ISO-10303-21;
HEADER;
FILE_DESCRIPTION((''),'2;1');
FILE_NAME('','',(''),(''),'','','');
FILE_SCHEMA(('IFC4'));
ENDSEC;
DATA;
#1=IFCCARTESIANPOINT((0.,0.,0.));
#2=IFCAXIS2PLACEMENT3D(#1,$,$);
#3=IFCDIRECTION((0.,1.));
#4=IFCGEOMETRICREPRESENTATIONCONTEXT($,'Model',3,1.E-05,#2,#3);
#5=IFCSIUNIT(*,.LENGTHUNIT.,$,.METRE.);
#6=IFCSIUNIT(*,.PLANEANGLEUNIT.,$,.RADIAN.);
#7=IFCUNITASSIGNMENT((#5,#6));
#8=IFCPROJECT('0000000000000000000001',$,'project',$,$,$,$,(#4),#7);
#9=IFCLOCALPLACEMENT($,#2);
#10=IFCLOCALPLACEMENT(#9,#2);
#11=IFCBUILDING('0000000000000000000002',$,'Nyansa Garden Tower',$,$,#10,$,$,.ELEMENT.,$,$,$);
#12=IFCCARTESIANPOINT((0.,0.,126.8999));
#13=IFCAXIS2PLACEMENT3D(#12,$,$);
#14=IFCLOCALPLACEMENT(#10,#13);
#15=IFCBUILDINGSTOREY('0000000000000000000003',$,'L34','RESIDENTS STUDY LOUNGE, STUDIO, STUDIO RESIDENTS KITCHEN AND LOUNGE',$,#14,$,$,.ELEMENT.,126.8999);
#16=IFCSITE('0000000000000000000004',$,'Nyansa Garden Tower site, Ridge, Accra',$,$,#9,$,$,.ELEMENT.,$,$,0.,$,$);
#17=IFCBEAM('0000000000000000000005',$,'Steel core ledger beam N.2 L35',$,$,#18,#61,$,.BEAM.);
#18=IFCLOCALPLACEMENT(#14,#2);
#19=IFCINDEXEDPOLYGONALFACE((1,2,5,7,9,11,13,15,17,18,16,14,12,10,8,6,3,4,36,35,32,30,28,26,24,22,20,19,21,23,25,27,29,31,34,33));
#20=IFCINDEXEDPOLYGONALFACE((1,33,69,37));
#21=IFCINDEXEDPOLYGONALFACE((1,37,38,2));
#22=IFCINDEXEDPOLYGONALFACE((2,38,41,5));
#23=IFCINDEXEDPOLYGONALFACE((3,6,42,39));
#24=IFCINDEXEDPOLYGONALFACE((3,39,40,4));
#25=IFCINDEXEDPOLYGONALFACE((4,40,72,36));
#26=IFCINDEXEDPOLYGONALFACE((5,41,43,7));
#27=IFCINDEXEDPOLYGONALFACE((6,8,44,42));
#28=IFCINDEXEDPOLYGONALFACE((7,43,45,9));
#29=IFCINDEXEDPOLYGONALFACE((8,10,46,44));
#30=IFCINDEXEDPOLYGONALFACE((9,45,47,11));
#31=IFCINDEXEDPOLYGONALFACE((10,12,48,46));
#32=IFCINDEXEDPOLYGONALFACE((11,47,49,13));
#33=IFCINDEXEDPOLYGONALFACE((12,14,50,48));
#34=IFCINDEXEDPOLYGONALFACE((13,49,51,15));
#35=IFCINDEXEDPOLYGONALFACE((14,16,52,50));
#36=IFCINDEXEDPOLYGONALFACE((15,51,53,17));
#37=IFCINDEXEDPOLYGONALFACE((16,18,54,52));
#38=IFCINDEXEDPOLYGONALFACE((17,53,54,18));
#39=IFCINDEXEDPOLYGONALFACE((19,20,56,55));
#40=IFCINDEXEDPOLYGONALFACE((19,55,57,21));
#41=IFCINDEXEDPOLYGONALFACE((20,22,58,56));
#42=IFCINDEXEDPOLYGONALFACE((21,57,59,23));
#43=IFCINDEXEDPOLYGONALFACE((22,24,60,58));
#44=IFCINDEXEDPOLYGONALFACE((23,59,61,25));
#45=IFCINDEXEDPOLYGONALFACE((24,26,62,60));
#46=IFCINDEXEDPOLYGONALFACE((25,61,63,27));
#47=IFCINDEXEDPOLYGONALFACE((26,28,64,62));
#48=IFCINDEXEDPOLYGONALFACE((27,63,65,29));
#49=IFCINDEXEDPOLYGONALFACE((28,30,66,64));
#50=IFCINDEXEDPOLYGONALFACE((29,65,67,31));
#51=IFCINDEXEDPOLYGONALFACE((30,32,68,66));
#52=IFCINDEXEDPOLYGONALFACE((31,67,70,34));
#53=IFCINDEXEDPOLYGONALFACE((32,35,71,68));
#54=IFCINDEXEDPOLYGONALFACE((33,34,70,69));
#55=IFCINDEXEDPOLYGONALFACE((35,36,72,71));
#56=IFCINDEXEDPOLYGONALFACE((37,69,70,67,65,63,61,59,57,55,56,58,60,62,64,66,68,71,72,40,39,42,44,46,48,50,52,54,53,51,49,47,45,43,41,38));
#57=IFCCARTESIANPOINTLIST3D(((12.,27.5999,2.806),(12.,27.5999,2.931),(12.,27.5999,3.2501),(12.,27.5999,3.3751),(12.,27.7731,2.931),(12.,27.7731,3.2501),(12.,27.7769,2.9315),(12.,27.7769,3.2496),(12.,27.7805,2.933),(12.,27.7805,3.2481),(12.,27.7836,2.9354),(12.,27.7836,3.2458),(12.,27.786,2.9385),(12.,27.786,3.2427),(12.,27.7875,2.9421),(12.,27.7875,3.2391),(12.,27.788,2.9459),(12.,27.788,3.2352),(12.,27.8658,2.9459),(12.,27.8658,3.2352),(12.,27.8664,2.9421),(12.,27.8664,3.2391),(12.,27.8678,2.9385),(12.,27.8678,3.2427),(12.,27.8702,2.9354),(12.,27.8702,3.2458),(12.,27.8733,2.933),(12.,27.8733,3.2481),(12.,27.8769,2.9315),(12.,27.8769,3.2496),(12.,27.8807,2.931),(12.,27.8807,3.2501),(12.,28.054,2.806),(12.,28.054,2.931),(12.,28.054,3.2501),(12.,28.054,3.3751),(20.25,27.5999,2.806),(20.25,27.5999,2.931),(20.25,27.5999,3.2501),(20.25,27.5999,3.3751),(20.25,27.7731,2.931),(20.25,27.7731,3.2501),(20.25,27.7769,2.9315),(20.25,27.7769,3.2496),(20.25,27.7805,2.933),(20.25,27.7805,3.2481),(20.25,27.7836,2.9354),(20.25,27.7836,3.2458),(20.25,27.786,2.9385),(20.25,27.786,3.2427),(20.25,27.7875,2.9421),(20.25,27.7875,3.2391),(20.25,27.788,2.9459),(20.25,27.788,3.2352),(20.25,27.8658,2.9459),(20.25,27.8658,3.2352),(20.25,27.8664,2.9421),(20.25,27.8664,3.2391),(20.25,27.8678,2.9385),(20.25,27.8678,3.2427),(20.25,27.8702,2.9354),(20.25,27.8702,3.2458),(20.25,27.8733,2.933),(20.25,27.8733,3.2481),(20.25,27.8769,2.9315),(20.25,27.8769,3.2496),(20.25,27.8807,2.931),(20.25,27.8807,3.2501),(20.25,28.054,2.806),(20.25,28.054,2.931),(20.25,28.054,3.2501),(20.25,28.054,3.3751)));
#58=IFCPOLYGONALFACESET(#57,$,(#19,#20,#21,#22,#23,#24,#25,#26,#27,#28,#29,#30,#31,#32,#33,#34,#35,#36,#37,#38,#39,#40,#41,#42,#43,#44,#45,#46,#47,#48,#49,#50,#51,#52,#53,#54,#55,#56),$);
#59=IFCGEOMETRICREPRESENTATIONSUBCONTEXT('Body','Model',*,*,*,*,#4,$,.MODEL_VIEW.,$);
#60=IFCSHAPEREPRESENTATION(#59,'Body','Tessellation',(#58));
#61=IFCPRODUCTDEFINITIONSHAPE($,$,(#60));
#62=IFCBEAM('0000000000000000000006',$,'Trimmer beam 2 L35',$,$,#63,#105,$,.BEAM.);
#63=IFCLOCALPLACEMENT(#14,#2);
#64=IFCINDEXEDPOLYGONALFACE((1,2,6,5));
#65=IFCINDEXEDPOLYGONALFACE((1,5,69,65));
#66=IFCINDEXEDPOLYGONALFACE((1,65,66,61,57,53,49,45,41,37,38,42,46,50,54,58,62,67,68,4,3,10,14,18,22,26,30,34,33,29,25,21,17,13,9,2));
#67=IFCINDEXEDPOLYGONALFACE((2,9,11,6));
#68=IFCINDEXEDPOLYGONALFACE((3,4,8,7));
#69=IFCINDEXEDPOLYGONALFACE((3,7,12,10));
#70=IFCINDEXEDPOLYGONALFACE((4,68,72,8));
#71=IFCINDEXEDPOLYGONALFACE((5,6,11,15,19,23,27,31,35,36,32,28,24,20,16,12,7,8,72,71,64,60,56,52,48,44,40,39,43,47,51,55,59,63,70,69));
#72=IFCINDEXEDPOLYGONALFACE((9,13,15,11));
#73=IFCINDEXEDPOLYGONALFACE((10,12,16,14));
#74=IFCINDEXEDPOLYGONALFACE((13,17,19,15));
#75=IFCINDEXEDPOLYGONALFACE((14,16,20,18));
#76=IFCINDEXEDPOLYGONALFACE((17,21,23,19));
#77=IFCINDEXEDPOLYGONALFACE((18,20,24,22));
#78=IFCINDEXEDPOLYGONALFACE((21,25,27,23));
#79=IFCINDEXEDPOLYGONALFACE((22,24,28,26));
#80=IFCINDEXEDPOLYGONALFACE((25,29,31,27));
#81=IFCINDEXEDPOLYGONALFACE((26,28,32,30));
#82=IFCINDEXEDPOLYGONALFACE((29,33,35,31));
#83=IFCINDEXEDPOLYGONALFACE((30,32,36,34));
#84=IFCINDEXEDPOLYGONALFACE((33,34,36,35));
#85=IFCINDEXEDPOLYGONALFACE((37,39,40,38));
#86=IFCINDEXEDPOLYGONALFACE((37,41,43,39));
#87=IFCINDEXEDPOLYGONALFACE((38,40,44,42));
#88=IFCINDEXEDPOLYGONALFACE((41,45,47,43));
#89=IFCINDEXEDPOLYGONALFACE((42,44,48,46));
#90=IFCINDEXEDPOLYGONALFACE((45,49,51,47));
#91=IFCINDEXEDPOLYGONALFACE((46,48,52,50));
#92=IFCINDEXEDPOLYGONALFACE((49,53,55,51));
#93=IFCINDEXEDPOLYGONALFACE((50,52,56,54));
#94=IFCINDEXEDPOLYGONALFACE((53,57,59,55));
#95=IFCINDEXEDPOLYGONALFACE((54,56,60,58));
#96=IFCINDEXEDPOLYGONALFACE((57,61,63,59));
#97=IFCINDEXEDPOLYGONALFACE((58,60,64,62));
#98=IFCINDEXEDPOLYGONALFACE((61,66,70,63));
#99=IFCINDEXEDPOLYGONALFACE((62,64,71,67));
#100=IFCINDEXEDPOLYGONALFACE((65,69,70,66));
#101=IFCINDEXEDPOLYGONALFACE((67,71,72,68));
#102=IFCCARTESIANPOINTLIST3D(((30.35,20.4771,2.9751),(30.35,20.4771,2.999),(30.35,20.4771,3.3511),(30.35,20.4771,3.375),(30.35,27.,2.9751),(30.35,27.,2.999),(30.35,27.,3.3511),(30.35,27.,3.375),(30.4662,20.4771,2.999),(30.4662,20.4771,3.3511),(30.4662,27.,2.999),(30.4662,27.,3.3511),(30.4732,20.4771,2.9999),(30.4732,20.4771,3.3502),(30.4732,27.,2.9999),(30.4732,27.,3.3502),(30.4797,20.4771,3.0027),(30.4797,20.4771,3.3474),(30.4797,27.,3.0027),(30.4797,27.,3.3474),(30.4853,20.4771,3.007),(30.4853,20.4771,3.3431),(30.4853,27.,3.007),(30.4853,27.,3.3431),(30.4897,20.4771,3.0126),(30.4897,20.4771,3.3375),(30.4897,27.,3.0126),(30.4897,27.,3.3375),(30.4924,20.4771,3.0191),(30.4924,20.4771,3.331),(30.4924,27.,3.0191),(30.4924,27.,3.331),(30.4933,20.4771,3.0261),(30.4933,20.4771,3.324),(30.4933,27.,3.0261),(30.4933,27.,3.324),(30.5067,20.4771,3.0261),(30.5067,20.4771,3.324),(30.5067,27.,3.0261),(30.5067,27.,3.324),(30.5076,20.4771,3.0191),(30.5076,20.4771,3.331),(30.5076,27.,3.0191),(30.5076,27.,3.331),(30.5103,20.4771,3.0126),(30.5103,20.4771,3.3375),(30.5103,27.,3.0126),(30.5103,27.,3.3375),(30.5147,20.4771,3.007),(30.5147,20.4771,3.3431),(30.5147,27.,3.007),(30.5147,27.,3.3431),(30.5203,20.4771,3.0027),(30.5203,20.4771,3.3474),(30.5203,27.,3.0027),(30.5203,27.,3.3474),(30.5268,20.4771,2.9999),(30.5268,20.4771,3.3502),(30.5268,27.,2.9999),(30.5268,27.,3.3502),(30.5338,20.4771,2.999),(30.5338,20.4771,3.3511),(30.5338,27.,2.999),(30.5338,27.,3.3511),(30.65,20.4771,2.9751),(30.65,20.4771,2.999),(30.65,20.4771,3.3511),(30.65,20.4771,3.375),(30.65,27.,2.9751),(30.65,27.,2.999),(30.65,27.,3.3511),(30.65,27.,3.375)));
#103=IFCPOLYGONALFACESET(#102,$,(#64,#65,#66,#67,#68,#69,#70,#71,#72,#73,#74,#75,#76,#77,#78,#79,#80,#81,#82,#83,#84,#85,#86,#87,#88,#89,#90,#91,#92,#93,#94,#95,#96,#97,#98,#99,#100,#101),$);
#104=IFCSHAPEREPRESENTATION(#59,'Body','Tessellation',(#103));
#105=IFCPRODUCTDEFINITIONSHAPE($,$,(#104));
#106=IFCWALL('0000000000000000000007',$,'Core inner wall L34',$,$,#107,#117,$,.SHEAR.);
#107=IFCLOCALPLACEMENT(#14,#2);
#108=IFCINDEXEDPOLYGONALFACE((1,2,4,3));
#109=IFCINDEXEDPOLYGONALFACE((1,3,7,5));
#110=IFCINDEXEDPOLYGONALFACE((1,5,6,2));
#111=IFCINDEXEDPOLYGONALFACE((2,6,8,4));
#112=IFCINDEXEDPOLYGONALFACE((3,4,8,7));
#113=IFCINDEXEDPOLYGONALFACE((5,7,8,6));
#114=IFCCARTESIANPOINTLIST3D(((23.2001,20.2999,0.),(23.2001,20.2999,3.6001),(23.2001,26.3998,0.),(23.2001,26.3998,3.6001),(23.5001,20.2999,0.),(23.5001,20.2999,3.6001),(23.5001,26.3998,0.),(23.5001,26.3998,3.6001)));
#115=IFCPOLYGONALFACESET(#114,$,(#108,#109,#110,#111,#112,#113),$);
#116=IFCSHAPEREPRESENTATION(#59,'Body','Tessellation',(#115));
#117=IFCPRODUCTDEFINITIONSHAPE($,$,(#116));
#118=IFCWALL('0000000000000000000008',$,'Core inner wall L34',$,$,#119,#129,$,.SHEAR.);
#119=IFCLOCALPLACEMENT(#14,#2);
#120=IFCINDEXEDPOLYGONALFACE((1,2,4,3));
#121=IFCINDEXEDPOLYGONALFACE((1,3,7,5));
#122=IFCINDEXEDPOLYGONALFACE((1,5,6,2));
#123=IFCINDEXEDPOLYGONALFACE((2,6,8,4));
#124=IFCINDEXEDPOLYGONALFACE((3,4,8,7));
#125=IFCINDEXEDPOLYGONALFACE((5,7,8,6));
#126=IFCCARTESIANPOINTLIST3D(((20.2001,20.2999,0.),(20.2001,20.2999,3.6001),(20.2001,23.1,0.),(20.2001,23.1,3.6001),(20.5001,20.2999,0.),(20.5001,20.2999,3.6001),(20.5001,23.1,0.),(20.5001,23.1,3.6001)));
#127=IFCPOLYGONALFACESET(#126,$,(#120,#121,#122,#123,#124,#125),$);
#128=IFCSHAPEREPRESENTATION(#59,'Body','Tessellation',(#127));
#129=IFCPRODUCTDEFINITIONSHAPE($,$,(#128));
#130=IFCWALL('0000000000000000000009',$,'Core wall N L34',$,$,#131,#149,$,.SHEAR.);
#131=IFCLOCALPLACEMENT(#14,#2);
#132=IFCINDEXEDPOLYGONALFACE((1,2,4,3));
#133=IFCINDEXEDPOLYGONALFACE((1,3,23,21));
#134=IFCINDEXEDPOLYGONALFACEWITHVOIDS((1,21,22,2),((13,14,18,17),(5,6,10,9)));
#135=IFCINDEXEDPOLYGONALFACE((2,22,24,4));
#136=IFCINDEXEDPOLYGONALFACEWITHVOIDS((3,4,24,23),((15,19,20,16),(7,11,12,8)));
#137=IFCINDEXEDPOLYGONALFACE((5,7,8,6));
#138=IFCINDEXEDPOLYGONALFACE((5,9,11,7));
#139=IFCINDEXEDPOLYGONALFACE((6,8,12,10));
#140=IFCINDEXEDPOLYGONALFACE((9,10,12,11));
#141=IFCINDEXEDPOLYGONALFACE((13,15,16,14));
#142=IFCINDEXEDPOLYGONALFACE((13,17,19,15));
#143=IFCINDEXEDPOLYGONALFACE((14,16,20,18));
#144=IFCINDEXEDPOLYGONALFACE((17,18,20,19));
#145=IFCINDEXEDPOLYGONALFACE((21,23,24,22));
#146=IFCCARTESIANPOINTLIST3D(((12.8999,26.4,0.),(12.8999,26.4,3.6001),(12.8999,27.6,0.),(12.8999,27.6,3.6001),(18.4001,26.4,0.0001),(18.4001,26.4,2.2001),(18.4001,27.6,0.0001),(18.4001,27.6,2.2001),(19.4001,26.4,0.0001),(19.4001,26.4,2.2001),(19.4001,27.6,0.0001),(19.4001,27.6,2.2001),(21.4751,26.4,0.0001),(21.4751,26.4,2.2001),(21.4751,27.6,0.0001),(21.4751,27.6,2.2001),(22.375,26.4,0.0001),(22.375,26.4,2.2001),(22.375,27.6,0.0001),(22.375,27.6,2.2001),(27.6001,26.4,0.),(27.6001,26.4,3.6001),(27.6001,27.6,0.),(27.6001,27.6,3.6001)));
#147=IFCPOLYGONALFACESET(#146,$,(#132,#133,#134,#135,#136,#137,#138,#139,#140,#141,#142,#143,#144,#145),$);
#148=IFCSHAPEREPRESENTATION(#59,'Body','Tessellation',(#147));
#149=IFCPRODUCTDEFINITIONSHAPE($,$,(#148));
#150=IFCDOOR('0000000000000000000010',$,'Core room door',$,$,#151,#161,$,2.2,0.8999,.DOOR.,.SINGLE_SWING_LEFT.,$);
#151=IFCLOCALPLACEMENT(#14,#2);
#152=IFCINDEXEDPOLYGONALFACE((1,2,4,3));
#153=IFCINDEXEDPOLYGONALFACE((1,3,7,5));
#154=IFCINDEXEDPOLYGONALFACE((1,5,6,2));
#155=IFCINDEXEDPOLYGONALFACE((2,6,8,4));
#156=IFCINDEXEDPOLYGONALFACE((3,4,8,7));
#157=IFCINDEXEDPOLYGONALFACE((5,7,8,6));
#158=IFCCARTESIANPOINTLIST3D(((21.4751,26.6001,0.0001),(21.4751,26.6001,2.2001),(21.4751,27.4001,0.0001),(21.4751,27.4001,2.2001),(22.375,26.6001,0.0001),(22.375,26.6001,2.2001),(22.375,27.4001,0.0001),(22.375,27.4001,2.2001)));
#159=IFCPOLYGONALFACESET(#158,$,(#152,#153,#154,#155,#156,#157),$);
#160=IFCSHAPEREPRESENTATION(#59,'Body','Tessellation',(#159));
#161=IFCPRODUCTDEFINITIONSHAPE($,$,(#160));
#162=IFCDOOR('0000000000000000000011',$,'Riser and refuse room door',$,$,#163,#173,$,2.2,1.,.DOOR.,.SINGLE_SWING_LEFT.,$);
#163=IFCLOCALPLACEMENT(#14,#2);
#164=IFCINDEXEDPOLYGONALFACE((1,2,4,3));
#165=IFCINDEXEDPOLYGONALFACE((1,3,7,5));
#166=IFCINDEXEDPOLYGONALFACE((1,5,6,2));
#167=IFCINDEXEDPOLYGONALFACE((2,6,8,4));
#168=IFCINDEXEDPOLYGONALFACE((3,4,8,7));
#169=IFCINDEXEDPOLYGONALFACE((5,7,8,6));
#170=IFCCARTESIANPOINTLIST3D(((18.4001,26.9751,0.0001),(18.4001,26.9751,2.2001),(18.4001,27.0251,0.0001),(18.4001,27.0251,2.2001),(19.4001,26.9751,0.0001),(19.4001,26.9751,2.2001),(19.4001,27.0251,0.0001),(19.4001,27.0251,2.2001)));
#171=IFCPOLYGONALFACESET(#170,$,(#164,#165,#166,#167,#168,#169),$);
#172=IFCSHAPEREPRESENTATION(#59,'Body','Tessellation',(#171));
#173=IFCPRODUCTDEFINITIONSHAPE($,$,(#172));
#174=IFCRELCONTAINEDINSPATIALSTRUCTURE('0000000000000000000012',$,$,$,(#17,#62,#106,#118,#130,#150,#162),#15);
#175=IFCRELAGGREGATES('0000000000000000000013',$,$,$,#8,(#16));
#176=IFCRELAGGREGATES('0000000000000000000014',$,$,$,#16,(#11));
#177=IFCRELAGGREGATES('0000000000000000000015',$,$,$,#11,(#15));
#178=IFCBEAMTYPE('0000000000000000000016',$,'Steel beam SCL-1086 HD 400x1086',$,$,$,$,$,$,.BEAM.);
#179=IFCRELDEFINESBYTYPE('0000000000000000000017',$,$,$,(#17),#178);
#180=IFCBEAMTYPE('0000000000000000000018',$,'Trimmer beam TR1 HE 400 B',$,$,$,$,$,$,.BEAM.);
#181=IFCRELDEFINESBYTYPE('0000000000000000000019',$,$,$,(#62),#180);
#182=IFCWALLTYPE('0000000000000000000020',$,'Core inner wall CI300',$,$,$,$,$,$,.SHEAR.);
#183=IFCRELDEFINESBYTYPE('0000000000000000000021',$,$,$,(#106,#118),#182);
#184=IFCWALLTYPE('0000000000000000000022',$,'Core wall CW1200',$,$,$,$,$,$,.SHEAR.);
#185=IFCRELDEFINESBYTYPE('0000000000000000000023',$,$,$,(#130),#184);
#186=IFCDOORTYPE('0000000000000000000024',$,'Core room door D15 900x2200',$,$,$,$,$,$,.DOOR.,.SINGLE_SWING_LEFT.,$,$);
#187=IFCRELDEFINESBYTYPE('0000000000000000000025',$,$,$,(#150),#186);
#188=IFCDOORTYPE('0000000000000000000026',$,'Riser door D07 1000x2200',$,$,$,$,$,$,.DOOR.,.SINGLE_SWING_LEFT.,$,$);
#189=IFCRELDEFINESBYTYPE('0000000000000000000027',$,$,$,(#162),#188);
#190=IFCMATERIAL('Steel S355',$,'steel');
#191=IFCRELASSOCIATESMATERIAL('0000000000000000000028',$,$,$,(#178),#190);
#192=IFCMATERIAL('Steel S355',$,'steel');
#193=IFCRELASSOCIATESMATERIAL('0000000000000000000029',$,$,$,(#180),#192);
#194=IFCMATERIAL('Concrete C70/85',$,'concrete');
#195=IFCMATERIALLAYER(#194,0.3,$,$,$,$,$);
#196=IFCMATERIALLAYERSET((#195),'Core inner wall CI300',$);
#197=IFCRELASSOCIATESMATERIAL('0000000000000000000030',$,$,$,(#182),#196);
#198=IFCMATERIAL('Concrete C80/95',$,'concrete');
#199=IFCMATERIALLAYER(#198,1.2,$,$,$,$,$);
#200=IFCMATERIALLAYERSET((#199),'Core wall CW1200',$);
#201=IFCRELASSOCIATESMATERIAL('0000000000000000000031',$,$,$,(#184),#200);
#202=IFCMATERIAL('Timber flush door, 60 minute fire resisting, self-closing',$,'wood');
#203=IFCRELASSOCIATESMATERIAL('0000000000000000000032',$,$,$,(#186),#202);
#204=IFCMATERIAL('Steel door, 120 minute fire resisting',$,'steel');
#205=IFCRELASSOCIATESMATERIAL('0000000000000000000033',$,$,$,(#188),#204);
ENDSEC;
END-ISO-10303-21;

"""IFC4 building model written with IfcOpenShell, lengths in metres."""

from ifc_helpers import new_model, si_unit, direction, frame, frame_2d, origin, origin_2d, place, context, subcontext, project, spatial, rectangle, i_section, extrude, material, layer, layer_set, material_profile, profile_set, type_object, element, fill, save


model = new_model("IFC4")

# Units and contexts
model_context = context("Model", 3, precision=1e-05, world=origin(), true_north=direction((0.0, 1.0)))
body_context = subcontext(model_context, "Body", "Model", "MODEL_VIEW")
ifc_project = project(units=[si_unit("LENGTHUNIT", "METRE"), si_unit("PLANEANGLEUNIT", "RADIAN")], contexts=[model_context])

# Site, building, storey
site_placement = place(None, origin())
site = spatial("IfcSite", under=ifc_project, at=site_placement, Name="Nyansa Garden Tower site, Ridge, Accra", CompositionType="ELEMENT", RefElevation=0.0)
building_placement = place(site_placement, origin())
building = spatial("IfcBuilding", under=site, at=building_placement, Name="Nyansa Garden Tower", CompositionType="ELEMENT")
storey_placement = place(building_placement, frame((0.0, 0.0, 126.8999)))
storey = spatial("IfcBuildingStorey", under=building, at=storey_placement, Name="L34", Description="RESIDENTS STUDY LOUNGE, STUDIO, STUDIO RESIDENTS KITCHEN AND LOUNGE", CompositionType="ELEMENT", Elevation=126.8999)

# Beams
ifc_material_1 = material(Name="Steel S355", Category="steel")
ifc_material_profile_1 = material_profile(ifc_material_1, i_section(OverallWidth=0.4541, OverallDepth=0.5691, WebThickness=0.0779, FlangeThickness=0.125, FilletRadius=0.0149, at=origin_2d()), Name="HD 400x1086")
ifc_profile_set_1 = profile_set([ifc_material_profile_1], Name="Steel S355")
beam_type_1 = type_object("IfcBeamType", Name="Steel beam SCL-1086 HD 400x1086", PredefinedType="BEAM", material=ifc_profile_set_1)
for number, where, z_axis, x_axis, name in (
    (1, (20.25, 27.8269, 3.0906), (-1.0, 0.0, 0.0), (0.0, -1.0, 0.0), "Steel core ledger beam N.2 L35"),
):
    element("IfcBeam", number, at=place(storey_placement, frame(where, z_axis=z_axis, x_axis=x_axis)), inside=storey, type_object=beam_type_1, Name=name, PredefinedType="BEAM", context=body_context, shape_type="SweptSolid", body=[
        extrude(i_section(OverallWidth=0.4541, OverallDepth=0.5691, WebThickness=0.0779, FlangeThickness=0.125, FilletRadius=0.0149, at=origin_2d()), origin(), (0.0, 0.0, 1.0), 8.25),
    ])
ifc_material_2 = material(Name="Steel S355", Category="steel")
ifc_material_profile_2 = material_profile(ifc_material_2, i_section(OverallWidth=0.3, OverallDepth=0.3999, WebThickness=0.0134, FlangeThickness=0.0239, FilletRadius=0.0271, at=origin_2d()), Name="HE 400 B")
ifc_profile_set_2 = profile_set([ifc_material_profile_2], Name="Steel S355")
beam_type_2 = type_object("IfcBeamType", Name="Trimmer beam TR1 HE 400 B", PredefinedType="BEAM", material=ifc_profile_set_2)
beam_1_placement = place(storey_placement, frame((30.5, 20.4771, 3.175), z_axis=(0.0, 1.0, 0.0), x_axis=(-1.0, 0.0, 0.0)))
element("IfcBeam", 2, at=beam_1_placement, inside=storey, type_object=beam_type_2, Name="Trimmer beam 2 L35", PredefinedType="BEAM", context=body_context, shape_type="SweptSolid", body=[
    extrude(i_section(OverallWidth=0.3, OverallDepth=0.3999, WebThickness=0.0134, FlangeThickness=0.0239, FilletRadius=0.0271, at=origin_2d()), origin(), (0.0, 0.0, 1.0), 6.5229),
])

# Walls
ifc_material_3 = material(Name="Concrete C70/85", Category="concrete")
ifc_layer_1 = layer(ifc_material_3, 0.3)
ifc_layer_set_1 = layer_set([ifc_layer_1], Name="Core inner wall CI300")
wall_type_1 = type_object("IfcWallType", Name="Core inner wall CI300", PredefinedType="SHEAR", material=ifc_layer_set_1)
wall_1_placement = place(storey_placement, frame((23.3501, 20.3, 0.0), z_axis=(0.0, 0.0, 1.0), x_axis=(0.0, 1.0, 0.0)))
element("IfcWall", 3, at=wall_1_placement, inside=storey, type_object=wall_type_1, Name="Core inner wall L34", PredefinedType="SHEAR", context=body_context, shape_type="SweptSolid", body=[
    extrude(rectangle(XDim=6.0999, YDim=0.3, at=frame_2d((3.0498, 0.0))), origin(), (0.0, 0.0, 1.0), 3.6001),
])
wall_2_placement = place(storey_placement, frame((20.3501, 20.3, 0.0), z_axis=(0.0, 0.0, 1.0), x_axis=(0.0, 1.0, 0.0)))
element("IfcWall", 4, at=wall_2_placement, inside=storey, type_object=wall_type_1, Name="Core inner wall L34", PredefinedType="SHEAR", context=body_context, shape_type="SweptSolid", body=[
    extrude(rectangle(XDim=2.8, YDim=0.3, at=frame_2d((1.3999, 0.0))), origin(), (0.0, 0.0, 1.0), 3.6001),
])

# Wall, openings, doors
ifc_material_4 = material(Name="Concrete C80/95", Category="concrete")
ifc_layer_2 = layer(ifc_material_4, 1.2)
ifc_layer_set_2 = layer_set([ifc_layer_2], Name="Core wall CW1200")
wall_type_2 = type_object("IfcWallType", Name="Core wall CW1200", PredefinedType="SHEAR", material=ifc_layer_set_2)
wall_3_placement = place(storey_placement, frame((27.6001, 27.0, 0.0), z_axis=(0.0, 0.0, 1.0), x_axis=(-1.0, 0.0, 0.0)))
wall_3 = element("IfcWall", 5, at=wall_3_placement, inside=storey, type_object=wall_type_2, Name="Core wall N L34", PredefinedType="SHEAR", context=body_context, shape_type="SweptSolid", body=[
    extrude(rectangle(XDim=14.7002, YDim=1.2, at=frame_2d((7.3501, 0.0))), origin(), (0.0, 0.0, 1.0), 3.6001),
])
opening_1_placement = place(wall_3_placement, frame((5.2251, 0.0, 0.0)))
opening_1 = element("IfcOpeningElement", 6, at=opening_1_placement, cuts=wall_3, PredefinedType="OPENING", context=body_context, shape_type="SweptSolid", body=[
    extrude(rectangle(XDim=0.8999, YDim=2.2, at=frame_2d((0.45, 1.1001))), frame((0.0, 0.6099, 0.0), z_axis=(0.0, -1.0, 0.0), x_axis=(1.0, 0.0, 0.0)), (0.0, 0.0, 1.0), 1.22),
])
opening_2_placement = place(wall_3_placement, frame((8.2, 0.0, 0.0)))
opening_2 = element("IfcOpeningElement", 7, at=opening_2_placement, cuts=wall_3, PredefinedType="OPENING", context=body_context, shape_type="SweptSolid", body=[
    extrude(rectangle(XDim=1.0, YDim=2.2, at=frame_2d((0.5, 1.1001))), frame((0.0, 0.6099, 0.0), z_axis=(0.0, -1.0, 0.0), x_axis=(1.0, 0.0, 0.0)), (0.0, 0.0, 1.0), 1.22),
])
ifc_material_5 = material(Name="Timber flush door, 60 minute fire resisting, self-closing", Category="wood")
door_type_1 = type_object("IfcDoorType", Name="Core room door D15 900x2200", OperationType="SINGLE_SWING_LEFT", PredefinedType="DOOR", material=ifc_material_5)
door_1_placement = place(opening_1_placement, origin())
door_1 = element("IfcDoor", 8, at=door_1_placement, inside=storey, type_object=door_type_1, Name="Core room door", OperationType="SINGLE_SWING_LEFT", OverallHeight=2.2, OverallWidth=0.8999, PredefinedType="DOOR", context=body_context, shape_type="SweptSolid", body=[
    extrude(rectangle(XDim=0.8999, YDim=2.2, at=frame_2d((0.45, 1.1001))), frame((0.0, 0.3999, 0.0), z_axis=(0.0, -1.0, 0.0), x_axis=(1.0, 0.0, 0.0)), (0.0, 0.0, 1.0), 0.8),
])
fill(opening_1, door_1)
ifc_material_6 = material(Name="Steel door, 120 minute fire resisting", Category="steel")
door_type_2 = type_object("IfcDoorType", Name="Riser door D07 1000x2200", OperationType="SINGLE_SWING_LEFT", PredefinedType="DOOR", material=ifc_material_6)
door_2_placement = place(opening_2_placement, origin())
door_2 = element("IfcDoor", 9, at=door_2_placement, inside=storey, type_object=door_type_2, Name="Riser and refuse room door", OperationType="SINGLE_SWING_LEFT", OverallHeight=2.2, OverallWidth=1.0, PredefinedType="DOOR", context=body_context, shape_type="SweptSolid", body=[
    extrude(rectangle(XDim=1.0, YDim=2.2, at=frame_2d((0.5, 1.1001))), frame((0.0, 0.0249, 0.0), z_axis=(0.0, -1.0, 0.0), x_axis=(1.0, 0.0, 0.0)), (0.0, 0.0, 1.0), 0.05),
])
fill(opening_2, door_2)

save(model, "model.ifc")
